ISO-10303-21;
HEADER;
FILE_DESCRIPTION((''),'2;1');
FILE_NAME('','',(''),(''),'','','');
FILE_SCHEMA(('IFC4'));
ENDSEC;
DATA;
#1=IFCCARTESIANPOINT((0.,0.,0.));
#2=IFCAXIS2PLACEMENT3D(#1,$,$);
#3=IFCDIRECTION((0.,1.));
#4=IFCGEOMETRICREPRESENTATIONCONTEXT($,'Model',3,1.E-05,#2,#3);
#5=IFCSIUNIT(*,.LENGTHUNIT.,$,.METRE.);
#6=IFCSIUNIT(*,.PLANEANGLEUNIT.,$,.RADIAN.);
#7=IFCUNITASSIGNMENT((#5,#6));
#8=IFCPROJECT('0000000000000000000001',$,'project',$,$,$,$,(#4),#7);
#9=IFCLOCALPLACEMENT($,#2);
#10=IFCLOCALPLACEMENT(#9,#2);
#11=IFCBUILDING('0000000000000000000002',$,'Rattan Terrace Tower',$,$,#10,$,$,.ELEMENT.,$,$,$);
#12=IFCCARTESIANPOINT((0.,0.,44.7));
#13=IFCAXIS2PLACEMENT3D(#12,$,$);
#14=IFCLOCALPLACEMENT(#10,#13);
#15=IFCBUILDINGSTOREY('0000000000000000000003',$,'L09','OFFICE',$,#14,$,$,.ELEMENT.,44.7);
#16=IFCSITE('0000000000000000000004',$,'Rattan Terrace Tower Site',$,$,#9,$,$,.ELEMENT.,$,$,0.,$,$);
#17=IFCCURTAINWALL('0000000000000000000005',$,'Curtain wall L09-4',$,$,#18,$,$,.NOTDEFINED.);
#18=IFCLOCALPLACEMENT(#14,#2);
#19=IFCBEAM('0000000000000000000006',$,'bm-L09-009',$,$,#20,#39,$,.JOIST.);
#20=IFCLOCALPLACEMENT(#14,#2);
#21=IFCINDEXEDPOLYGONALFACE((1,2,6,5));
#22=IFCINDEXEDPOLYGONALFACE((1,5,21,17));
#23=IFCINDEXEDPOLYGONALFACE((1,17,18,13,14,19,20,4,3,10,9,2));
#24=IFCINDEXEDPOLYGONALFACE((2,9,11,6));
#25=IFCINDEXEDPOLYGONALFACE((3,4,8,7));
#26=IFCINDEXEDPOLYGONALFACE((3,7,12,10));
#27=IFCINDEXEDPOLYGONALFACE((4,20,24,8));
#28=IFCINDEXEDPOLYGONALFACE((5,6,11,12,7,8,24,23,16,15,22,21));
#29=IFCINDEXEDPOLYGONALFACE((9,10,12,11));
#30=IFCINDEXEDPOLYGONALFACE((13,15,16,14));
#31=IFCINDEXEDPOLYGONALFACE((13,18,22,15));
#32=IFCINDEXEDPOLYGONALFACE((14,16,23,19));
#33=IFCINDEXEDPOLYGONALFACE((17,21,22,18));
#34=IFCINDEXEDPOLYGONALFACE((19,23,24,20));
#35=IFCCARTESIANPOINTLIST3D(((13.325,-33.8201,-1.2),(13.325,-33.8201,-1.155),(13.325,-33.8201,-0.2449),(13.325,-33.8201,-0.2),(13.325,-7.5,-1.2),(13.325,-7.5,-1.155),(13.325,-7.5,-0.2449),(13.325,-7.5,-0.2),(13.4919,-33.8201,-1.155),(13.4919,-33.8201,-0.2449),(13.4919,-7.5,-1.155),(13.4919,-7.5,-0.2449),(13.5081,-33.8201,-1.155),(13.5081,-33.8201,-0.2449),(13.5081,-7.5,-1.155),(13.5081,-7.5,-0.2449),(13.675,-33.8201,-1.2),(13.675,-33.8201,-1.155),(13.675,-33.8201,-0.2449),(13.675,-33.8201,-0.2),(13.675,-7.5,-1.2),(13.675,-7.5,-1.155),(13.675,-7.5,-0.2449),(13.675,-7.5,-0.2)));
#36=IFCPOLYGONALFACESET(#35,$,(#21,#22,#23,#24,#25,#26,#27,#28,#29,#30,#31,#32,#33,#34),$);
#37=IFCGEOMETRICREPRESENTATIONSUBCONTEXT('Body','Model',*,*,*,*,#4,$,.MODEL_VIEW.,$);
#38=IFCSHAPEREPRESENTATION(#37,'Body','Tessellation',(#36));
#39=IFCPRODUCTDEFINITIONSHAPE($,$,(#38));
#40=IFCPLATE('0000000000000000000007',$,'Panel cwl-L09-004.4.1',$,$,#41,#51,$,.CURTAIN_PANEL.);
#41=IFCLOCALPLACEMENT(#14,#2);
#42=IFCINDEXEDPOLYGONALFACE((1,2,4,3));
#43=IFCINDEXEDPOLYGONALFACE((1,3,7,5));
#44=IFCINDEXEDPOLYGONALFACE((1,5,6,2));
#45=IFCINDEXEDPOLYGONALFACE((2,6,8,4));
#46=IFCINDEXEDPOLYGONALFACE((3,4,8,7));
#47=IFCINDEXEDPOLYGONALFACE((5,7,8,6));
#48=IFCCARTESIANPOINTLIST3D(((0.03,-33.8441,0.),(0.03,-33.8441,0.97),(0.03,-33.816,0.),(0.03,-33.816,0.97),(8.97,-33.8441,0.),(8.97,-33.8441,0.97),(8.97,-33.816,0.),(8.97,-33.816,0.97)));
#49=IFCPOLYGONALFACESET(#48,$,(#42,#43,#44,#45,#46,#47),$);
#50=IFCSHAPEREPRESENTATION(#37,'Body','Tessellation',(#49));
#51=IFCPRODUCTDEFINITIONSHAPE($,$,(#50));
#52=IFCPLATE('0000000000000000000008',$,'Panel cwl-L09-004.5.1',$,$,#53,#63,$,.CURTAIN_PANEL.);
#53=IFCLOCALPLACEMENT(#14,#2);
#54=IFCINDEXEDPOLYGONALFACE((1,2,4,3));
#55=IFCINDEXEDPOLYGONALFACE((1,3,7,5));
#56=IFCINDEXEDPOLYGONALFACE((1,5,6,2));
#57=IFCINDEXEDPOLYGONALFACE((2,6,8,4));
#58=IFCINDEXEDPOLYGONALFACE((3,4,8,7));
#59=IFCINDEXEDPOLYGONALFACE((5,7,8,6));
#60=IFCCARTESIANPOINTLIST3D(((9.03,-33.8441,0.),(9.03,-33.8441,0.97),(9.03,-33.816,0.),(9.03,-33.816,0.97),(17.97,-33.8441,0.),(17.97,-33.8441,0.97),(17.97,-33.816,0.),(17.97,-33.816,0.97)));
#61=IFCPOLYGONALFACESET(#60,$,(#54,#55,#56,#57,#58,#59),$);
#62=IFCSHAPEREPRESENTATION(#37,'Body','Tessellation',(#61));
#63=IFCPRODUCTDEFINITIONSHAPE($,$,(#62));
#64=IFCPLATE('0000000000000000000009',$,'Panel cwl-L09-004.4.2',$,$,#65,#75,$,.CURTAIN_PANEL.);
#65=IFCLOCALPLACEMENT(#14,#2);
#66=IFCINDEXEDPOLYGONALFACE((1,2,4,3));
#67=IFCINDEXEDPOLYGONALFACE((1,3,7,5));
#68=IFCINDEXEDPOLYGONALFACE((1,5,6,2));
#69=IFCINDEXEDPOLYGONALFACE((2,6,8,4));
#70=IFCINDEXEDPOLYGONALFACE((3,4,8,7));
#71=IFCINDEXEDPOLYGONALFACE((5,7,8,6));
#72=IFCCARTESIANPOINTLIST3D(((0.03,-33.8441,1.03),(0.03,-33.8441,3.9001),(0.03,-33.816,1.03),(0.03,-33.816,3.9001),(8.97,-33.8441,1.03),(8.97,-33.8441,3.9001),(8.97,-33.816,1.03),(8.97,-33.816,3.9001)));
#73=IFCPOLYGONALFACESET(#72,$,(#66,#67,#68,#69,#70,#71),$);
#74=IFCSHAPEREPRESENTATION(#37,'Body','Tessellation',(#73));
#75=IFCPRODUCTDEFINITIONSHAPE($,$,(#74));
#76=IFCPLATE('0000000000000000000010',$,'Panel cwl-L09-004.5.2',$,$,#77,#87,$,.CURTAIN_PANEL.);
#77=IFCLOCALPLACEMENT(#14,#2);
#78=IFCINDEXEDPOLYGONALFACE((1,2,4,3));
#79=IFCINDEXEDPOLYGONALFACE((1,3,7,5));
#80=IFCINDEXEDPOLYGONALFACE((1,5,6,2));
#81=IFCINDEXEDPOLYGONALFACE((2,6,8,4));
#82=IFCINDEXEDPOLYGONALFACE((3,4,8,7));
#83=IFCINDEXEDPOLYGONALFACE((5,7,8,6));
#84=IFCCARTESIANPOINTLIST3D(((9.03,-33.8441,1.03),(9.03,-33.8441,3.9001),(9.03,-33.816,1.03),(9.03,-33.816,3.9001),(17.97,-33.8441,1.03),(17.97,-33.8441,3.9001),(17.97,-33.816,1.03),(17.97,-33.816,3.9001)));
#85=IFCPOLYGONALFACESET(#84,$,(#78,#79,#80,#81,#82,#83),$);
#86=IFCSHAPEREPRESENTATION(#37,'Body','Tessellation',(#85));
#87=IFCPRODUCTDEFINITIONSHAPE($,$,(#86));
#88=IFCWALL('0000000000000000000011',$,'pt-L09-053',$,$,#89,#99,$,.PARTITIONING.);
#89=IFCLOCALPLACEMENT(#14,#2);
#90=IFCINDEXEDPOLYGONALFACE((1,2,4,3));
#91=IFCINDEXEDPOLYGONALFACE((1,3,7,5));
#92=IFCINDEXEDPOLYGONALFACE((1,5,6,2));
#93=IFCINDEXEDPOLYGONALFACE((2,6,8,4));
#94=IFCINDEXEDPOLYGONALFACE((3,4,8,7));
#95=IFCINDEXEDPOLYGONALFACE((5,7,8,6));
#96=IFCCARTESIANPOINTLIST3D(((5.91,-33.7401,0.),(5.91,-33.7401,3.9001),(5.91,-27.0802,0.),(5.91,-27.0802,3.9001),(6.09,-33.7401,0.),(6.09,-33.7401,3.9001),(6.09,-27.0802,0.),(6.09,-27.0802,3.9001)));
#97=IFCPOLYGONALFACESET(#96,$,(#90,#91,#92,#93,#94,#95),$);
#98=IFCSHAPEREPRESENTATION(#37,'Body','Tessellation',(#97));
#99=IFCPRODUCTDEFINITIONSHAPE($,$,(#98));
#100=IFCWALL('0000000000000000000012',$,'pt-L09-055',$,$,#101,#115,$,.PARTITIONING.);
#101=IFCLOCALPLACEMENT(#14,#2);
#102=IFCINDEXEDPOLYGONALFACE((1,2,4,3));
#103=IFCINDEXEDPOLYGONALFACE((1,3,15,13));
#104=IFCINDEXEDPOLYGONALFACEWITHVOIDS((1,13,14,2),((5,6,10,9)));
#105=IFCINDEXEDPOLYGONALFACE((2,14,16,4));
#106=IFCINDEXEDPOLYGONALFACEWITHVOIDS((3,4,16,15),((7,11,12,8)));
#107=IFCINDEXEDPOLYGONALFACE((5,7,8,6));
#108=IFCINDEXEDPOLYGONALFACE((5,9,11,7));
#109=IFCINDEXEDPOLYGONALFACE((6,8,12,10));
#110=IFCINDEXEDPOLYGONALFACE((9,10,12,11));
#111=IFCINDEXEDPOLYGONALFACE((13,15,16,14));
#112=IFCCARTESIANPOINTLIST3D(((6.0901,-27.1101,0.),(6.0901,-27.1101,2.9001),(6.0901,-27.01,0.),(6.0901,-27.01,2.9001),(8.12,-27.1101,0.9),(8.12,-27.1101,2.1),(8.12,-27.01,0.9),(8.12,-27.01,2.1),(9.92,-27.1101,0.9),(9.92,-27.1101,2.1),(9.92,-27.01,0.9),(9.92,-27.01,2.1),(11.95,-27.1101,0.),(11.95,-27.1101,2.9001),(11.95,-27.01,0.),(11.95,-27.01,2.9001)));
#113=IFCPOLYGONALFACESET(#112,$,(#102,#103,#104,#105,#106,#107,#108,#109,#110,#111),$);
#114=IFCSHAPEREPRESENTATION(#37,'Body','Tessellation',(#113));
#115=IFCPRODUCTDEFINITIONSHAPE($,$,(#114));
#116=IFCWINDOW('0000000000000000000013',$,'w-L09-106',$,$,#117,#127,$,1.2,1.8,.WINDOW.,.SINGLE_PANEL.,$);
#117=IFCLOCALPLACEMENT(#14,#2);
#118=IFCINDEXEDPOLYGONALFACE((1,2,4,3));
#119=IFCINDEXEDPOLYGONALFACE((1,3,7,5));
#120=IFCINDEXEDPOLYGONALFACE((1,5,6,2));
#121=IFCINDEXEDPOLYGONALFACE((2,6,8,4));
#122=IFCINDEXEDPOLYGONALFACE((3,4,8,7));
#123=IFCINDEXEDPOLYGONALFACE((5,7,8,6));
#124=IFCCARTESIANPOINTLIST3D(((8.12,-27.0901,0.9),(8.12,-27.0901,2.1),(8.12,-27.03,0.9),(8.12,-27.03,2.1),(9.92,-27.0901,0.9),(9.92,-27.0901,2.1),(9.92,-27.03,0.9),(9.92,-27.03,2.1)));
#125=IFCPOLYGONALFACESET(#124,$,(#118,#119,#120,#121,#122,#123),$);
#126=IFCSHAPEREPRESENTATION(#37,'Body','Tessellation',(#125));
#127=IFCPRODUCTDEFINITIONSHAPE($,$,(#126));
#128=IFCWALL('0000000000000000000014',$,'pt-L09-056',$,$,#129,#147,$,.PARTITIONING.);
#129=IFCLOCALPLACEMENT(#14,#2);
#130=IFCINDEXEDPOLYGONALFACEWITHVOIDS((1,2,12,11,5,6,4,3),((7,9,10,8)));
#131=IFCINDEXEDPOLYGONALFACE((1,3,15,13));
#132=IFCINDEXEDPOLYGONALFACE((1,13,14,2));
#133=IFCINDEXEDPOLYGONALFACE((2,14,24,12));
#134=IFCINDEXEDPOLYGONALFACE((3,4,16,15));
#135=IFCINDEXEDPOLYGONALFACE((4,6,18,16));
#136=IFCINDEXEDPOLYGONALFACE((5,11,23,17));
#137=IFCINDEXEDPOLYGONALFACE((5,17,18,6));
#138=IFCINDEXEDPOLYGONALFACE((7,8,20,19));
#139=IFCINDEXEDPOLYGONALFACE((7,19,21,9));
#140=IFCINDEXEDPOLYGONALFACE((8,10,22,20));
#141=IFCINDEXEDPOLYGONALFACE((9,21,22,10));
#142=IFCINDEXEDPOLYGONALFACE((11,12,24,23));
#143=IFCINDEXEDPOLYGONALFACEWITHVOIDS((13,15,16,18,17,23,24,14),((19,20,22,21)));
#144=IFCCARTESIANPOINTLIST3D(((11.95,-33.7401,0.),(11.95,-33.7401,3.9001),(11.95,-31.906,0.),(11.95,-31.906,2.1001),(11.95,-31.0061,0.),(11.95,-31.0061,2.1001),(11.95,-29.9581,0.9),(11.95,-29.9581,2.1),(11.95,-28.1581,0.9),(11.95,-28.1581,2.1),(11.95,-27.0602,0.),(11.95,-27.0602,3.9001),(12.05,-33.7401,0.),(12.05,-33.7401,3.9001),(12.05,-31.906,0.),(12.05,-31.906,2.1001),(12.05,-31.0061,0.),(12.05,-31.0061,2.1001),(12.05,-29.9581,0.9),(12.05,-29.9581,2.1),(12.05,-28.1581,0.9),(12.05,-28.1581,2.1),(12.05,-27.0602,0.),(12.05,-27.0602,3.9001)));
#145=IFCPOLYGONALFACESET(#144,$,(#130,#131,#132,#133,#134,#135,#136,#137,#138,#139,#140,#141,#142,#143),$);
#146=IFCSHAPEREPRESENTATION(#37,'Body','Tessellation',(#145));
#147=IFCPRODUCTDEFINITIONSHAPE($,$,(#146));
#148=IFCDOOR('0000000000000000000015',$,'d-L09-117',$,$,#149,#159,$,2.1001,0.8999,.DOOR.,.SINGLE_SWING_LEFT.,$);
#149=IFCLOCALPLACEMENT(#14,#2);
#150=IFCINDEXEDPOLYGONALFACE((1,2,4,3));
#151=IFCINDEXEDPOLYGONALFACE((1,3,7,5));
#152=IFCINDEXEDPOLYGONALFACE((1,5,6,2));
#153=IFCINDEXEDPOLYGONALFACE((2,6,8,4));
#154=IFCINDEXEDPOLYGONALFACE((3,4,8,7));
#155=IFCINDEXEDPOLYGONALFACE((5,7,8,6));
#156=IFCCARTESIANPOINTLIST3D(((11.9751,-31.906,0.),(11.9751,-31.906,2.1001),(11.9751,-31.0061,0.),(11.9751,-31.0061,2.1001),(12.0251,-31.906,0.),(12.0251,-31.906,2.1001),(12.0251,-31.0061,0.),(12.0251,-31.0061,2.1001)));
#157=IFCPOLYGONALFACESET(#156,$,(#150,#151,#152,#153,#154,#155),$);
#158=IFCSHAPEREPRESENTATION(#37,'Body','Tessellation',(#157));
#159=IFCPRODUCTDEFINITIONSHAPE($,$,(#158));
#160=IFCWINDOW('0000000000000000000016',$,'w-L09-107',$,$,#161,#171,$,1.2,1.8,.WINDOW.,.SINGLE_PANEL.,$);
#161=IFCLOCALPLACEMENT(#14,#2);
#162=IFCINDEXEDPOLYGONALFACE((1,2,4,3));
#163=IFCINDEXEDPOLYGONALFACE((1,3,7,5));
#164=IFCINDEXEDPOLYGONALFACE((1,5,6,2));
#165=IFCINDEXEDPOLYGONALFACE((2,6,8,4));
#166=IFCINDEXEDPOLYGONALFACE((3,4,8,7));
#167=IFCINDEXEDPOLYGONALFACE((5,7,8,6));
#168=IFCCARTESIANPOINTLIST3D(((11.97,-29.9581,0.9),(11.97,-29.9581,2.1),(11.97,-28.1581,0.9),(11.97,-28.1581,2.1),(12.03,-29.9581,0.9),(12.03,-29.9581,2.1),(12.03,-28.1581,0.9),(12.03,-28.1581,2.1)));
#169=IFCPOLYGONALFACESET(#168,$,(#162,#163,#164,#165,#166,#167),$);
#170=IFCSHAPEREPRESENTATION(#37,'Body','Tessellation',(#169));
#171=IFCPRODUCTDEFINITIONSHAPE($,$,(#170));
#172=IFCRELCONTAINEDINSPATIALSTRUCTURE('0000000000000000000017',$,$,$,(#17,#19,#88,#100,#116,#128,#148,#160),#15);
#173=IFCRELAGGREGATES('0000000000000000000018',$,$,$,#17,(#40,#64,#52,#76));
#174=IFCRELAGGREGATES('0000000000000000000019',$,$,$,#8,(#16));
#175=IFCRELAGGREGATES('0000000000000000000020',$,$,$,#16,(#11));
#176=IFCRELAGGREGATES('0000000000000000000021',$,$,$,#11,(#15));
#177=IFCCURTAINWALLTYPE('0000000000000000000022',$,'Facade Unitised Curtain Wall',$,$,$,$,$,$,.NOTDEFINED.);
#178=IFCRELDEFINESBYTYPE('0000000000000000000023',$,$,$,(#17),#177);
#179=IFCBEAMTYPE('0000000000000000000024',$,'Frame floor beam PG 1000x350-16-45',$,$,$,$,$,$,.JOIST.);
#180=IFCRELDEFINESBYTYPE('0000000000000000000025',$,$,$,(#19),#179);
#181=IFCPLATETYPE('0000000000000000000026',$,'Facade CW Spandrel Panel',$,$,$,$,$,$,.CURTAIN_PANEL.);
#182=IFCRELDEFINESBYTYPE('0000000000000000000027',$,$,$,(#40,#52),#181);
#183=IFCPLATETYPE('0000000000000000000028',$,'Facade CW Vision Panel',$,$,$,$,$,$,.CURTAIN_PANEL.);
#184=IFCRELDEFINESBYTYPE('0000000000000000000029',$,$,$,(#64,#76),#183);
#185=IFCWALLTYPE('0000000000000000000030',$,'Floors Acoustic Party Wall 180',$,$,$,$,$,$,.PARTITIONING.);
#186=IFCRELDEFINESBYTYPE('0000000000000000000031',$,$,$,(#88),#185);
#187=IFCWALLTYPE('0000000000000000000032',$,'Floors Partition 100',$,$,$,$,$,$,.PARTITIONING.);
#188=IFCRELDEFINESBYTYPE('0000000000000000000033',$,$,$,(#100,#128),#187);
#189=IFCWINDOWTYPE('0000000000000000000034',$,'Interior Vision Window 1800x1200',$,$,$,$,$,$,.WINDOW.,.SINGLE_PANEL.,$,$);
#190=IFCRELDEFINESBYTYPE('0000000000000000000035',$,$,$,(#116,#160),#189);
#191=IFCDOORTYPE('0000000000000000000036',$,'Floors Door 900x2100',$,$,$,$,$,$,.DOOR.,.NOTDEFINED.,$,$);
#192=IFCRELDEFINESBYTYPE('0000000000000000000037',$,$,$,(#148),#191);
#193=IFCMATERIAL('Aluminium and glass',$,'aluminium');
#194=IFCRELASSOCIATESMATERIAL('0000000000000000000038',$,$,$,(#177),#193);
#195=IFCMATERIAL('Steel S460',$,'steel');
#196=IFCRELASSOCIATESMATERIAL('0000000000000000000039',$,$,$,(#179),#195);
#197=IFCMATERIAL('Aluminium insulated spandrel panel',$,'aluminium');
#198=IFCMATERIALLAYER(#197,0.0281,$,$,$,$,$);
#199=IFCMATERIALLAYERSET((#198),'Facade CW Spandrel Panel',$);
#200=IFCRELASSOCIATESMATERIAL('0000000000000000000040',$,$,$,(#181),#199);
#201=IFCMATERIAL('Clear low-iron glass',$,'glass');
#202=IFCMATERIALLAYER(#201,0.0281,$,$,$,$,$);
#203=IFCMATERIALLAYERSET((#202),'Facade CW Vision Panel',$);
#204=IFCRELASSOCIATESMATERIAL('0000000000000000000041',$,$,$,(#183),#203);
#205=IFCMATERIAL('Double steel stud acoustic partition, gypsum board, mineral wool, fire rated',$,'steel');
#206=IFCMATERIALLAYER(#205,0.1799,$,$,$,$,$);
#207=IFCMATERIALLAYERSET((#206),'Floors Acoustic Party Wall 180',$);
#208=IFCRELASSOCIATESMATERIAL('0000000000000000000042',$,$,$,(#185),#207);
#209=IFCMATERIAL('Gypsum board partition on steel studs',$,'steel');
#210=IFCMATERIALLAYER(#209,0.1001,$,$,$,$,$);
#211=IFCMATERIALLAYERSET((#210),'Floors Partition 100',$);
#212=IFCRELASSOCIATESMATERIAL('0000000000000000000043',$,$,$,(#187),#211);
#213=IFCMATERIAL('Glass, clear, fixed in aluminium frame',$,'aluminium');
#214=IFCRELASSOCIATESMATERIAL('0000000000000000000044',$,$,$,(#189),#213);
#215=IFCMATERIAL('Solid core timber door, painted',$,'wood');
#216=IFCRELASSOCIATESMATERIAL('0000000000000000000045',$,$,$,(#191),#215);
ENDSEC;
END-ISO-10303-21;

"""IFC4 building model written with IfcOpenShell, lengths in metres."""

from ifc_helpers import new_model, si_unit, direction, frame, frame_2d, origin, origin_2d, place, context, subcontext, project, spatial, rectangle, i_section, extrude, material, layer, layer_set, material_profile, profile_set, type_object, element, fill, aggregate, save


model = new_model("IFC4")

# Units and contexts
model_context = context("Model", 3, precision=1e-05, world=origin(), true_north=direction((0.0, 1.0)))
body_context = subcontext(model_context, "Body", "Model", "MODEL_VIEW")
ifc_project = project(units=[si_unit("LENGTHUNIT", "METRE"), si_unit("PLANEANGLEUNIT", "RADIAN")], contexts=[model_context])

# Site, building, storey
site_placement = place(None, origin())
site = spatial("IfcSite", under=ifc_project, at=site_placement, Name="Rattan Terrace Tower Site", CompositionType="ELEMENT", RefElevation=0.0)
building_placement = place(site_placement, origin())
building = spatial("IfcBuilding", under=site, at=building_placement, Name="Rattan Terrace Tower", CompositionType="ELEMENT")
storey_placement = place(building_placement, frame((0.0, 0.0, 44.7)))
storey = spatial("IfcBuildingStorey", under=building, at=storey_placement, Name="L09", Description="OFFICE", CompositionType="ELEMENT", Elevation=44.7)

# Curtain wall
ifc_material_1 = material(Name="Aluminium and glass", Category="aluminium")
curtain_wall_type = type_object("IfcCurtainWallType", Name="Facade Unitised Curtain Wall", PredefinedType="NOTDEFINED", material=ifc_material_1)
curtain_wall_placement = place(storey_placement, origin())
curtain_wall = element("IfcCurtainWall", 1, at=curtain_wall_placement, inside=storey, type_object=curtain_wall_type, Name="Curtain wall L09-4", PredefinedType="NOTDEFINED")

# Beam
ifc_material_2 = material(Name="Steel S460", Category="steel")
ifc_material_profile_1 = material_profile(ifc_material_2, i_section(OverallWidth=0.3501, OverallDepth=1.0, WebThickness=0.0161, FlangeThickness=0.0449, at=origin_2d()), Name="PG 1000x350-16-45")
ifc_profile_set_1 = profile_set([ifc_material_profile_1], Name="Steel S460")
beam_type_1 = type_object("IfcBeamType", Name="Frame floor beam PG 1000x350-16-45", PredefinedType="JOIST", material=ifc_profile_set_1)
for number, where, z_axis, x_axis, name in (
    (2, (13.5, -33.8201, -0.7), (0.0, 1.0, 0.0), (-1.0, 0.0, 0.0), "bm-L09-009"),
):
    element("IfcBeam", number, at=place(storey_placement, frame(where, z_axis=z_axis, x_axis=x_axis)), inside=storey, type_object=beam_type_1, Name=name, PredefinedType="JOIST", context=body_context, shape_type="SweptSolid", body=[
        extrude(i_section(OverallWidth=0.3501, OverallDepth=1.0, WebThickness=0.0161, FlangeThickness=0.0449, at=origin_2d()), origin(), (0.0, 0.0, 1.0), 26.3201),
    ])

# Plates
ifc_material_3 = material(Name="Aluminium insulated spandrel panel", Category="aluminium")
ifc_layer_1 = layer(ifc_material_3, 0.0281)
ifc_layer_set_1 = layer_set([ifc_layer_1], Name="Facade CW Spandrel Panel")
plate_type_1 = type_object("IfcPlateType", Name="Facade CW Spandrel Panel", PredefinedType="CURTAIN_PANEL", material=ifc_layer_set_1)
plate_1_placement = place(storey_placement, frame((4.5, -33.8301, 0.0), z_axis=(0.0, 0.0, 1.0), x_axis=(1.0, 0.0, 0.0)))
plate_1 = element("IfcPlate", 3, at=plate_1_placement, type_object=plate_type_1, Name="Panel cwl-L09-004.4.1", PredefinedType="CURTAIN_PANEL", context=body_context, shape_type="SweptSolid", body=[
    extrude(rectangle(XDim=8.9399, YDim=0.0281, at=origin_2d()), origin(), (0.0, 0.0, 1.0), 0.97),
])
plate_2_placement = place(storey_placement, frame((13.5, -33.8301, 0.0), z_axis=(0.0, 0.0, 1.0), x_axis=(1.0, 0.0, 0.0)))
plate_2 = element("IfcPlate", 4, at=plate_2_placement, type_object=plate_type_1, Name="Panel cwl-L09-004.5.1", PredefinedType="CURTAIN_PANEL", context=body_context, shape_type="SweptSolid", body=[
    extrude(rectangle(XDim=8.9399, YDim=0.0281, at=origin_2d()), origin(), (0.0, 0.0, 1.0), 0.97),
])
ifc_material_4 = material(Name="Clear low-iron glass", Category="glass")
ifc_layer_2 = layer(ifc_material_4, 0.0281)
ifc_layer_set_2 = layer_set([ifc_layer_2], Name="Facade CW Vision Panel")
plate_type_2 = type_object("IfcPlateType", Name="Facade CW Vision Panel", PredefinedType="CURTAIN_PANEL", material=ifc_layer_set_2)
plate_3_placement = place(storey_placement, frame((4.5, -33.8301, 1.03), z_axis=(0.0, 0.0, 1.0), x_axis=(1.0, 0.0, 0.0)))
plate_3 = element("IfcPlate", 5, at=plate_3_placement, type_object=plate_type_2, Name="Panel cwl-L09-004.4.2", PredefinedType="CURTAIN_PANEL", context=body_context, shape_type="SweptSolid", body=[
    extrude(rectangle(XDim=8.9399, YDim=0.0281, at=origin_2d()), origin(), (0.0, 0.0, 1.0), 2.8701),
])
plate_4_placement = place(storey_placement, frame((13.5, -33.8301, 1.03), z_axis=(0.0, 0.0, 1.0), x_axis=(1.0, 0.0, 0.0)))
plate_4 = element("IfcPlate", 6, at=plate_4_placement, type_object=plate_type_2, Name="Panel cwl-L09-004.5.2", PredefinedType="CURTAIN_PANEL", context=body_context, shape_type="SweptSolid", body=[
    extrude(rectangle(XDim=8.9399, YDim=0.0281, at=origin_2d()), origin(), (0.0, 0.0, 1.0), 2.8701),
])
aggregate(curtain_wall, [plate_1, plate_3, plate_2, plate_4])

# Wall
ifc_material_5 = material(Name="Double steel stud acoustic partition, gypsum board, mineral wool, fire rated", Category="steel")
ifc_layer_3 = layer(ifc_material_5, 0.1799)
ifc_layer_set_3 = layer_set([ifc_layer_3], Name="Floors Acoustic Party Wall 180")
wall_type_1 = type_object("IfcWallType", Name="Floors Acoustic Party Wall 180", PredefinedType="PARTITIONING", material=ifc_layer_set_3)
wall_1_placement = place(storey_placement, frame((6.0, -27.0801, 0.0), z_axis=(0.0, 0.0, 1.0), x_axis=(0.0, -1.0, 0.0)))
element("IfcWall", 7, at=wall_1_placement, inside=storey, type_object=wall_type_1, Name="pt-L09-053", PredefinedType="PARTITIONING", context=body_context, shape_type="SweptSolid", body=[
    extrude(rectangle(XDim=6.6599, YDim=0.1799, at=frame_2d((3.3301, 0.0))), origin(), (0.0, 0.0, 1.0), 3.9001),
])

# Wall, opening, window
ifc_material_6 = material(Name="Gypsum board partition on steel studs", Category="steel")
ifc_layer_4 = layer(ifc_material_6, 0.1001)
ifc_layer_set_4 = layer_set([ifc_layer_4], Name="Floors Partition 100")
wall_type_2 = type_object("IfcWallType", Name="Floors Partition 100", PredefinedType="PARTITIONING", material=ifc_layer_set_4)
wall_2_placement = place(storey_placement, frame((11.95, -27.0601, 0.0), z_axis=(0.0, 0.0, 1.0), x_axis=(-1.0, 0.0, 0.0)))
wall_2 = element("IfcWall", 8, at=wall_2_placement, inside=storey, type_object=wall_type_2, Name="pt-L09-055", PredefinedType="PARTITIONING", context=body_context, shape_type="SweptSolid", body=[
    extrude(rectangle(XDim=5.8599, YDim=0.1001, at=frame_2d((2.9299, 0.0))), origin(), (0.0, 0.0, 1.0), 2.9001),
])
opening_1_placement = place(wall_2_placement, frame((2.03, 0.0, 0.8999)))
opening_1 = element("IfcOpeningElement", 9, at=opening_1_placement, cuts=wall_2, PredefinedType="OPENING", context=body_context, shape_type="SweptSolid", body=[
    extrude(rectangle(XDim=1.8, YDim=1.2, at=frame_2d((0.8999, 0.6001))), frame((0.0, 0.0605, 0.0), z_axis=(0.0, -1.0, 0.0), x_axis=(1.0, 0.0, 0.0)), (0.0, 0.0, 1.0), 0.1211),
])
ifc_material_7 = material(Name="Glass, clear, fixed in aluminium frame", Category="aluminium")
window_type = type_object("IfcWindowType", Name="Interior Vision Window 1800x1200", PartitioningType="SINGLE_PANEL", PredefinedType="WINDOW", material=ifc_material_7)
window_1_placement = place(opening_1_placement, origin())
window_1 = element("IfcWindow", 10, at=window_1_placement, inside=storey, type_object=window_type, Name="w-L09-106", OverallHeight=1.2, OverallWidth=1.8, PartitioningType="SINGLE_PANEL", PredefinedType="WINDOW", context=body_context, shape_type="SweptSolid", body=[
    extrude(rectangle(XDim=1.8, YDim=1.2, at=frame_2d((0.8999, 0.6001))), frame((0.0, 0.03, 0.0), z_axis=(0.0, -1.0, 0.0), x_axis=(1.0, 0.0, 0.0)), (0.0, 0.0, 1.0), 0.0601),
])
fill(opening_1, window_1)

# Wall, openings, door, window
wall_3_placement = place(storey_placement, frame((12.0, -33.74, 0.0), z_axis=(0.0, 0.0, 1.0), x_axis=(0.0, 1.0, 0.0)))
wall_3 = element("IfcWall", 11, at=wall_3_placement, inside=storey, type_object=wall_type_2, Name="pt-L09-056", PredefinedType="PARTITIONING", context=body_context, shape_type="SweptSolid", body=[
    extrude(rectangle(XDim=6.6799, YDim=0.1001, at=frame_2d((3.3398, 0.0))), origin(), (0.0, 0.0, 1.0), 3.9001),
])
opening_2_placement = place(wall_3_placement, frame((1.834, 0.0, 0.0)))
opening_2 = element("IfcOpeningElement", 12, at=opening_2_placement, cuts=wall_3, PredefinedType="OPENING", context=body_context, shape_type="SweptSolid", body=[
    extrude(rectangle(XDim=0.8999, YDim=2.1001, at=frame_2d((0.45, 1.05))), frame((0.0, 0.0605, 0.0), z_axis=(0.0, -1.0, 0.0), x_axis=(1.0, 0.0, 0.0)), (0.0, 0.0, 1.0), 0.1211),
])
opening_3_placement = place(wall_3_placement, frame((3.782, 0.0, 0.8999)))
opening_3 = element("IfcOpeningElement", 13, at=opening_3_placement, cuts=wall_3, PredefinedType="OPENING", context=body_context, shape_type="SweptSolid", body=[
    extrude(rectangle(XDim=1.8, YDim=1.2, at=frame_2d((0.8999, 0.6001))), frame((0.0, 0.0605, 0.0), z_axis=(0.0, -1.0, 0.0), x_axis=(1.0, 0.0, 0.0)), (0.0, 0.0, 1.0), 0.1211),
])
ifc_material_8 = material(Name="Solid core timber door, painted", Category="wood")
door_type = type_object("IfcDoorType", Name="Floors Door 900x2100", OperationType="NOTDEFINED", PredefinedType="DOOR", material=ifc_material_8)
door_placement = place(opening_2_placement, origin())
door = element("IfcDoor", 14, at=door_placement, inside=storey, type_object=door_type, Name="d-L09-117", OperationType="SINGLE_SWING_LEFT", OverallHeight=2.1001, OverallWidth=0.8999, PredefinedType="DOOR", context=body_context, shape_type="SweptSolid", body=[
    extrude(rectangle(XDim=0.8999, YDim=2.1001, at=frame_2d((0.45, 1.05))), frame((0.0, 0.0249, 0.0), z_axis=(0.0, -1.0, 0.0), x_axis=(1.0, 0.0, 0.0)), (0.0, 0.0, 1.0), 0.05),
])
fill(opening_2, door)
window_2_placement = place(opening_3_placement, origin())
window_2 = element("IfcWindow", 15, at=window_2_placement, inside=storey, type_object=window_type, Name="w-L09-107", OverallHeight=1.2, OverallWidth=1.8, PartitioningType="SINGLE_PANEL", PredefinedType="WINDOW", context=body_context, shape_type="SweptSolid", body=[
    extrude(rectangle(XDim=1.8, YDim=1.2, at=frame_2d((0.8999, 0.6001))), frame((0.0, 0.03, 0.0), z_axis=(0.0, -1.0, 0.0), x_axis=(1.0, 0.0, 0.0)), (0.0, 0.0, 1.0), 0.0601),
])
fill(opening_3, window_2)

save(model, "model.ifc")
